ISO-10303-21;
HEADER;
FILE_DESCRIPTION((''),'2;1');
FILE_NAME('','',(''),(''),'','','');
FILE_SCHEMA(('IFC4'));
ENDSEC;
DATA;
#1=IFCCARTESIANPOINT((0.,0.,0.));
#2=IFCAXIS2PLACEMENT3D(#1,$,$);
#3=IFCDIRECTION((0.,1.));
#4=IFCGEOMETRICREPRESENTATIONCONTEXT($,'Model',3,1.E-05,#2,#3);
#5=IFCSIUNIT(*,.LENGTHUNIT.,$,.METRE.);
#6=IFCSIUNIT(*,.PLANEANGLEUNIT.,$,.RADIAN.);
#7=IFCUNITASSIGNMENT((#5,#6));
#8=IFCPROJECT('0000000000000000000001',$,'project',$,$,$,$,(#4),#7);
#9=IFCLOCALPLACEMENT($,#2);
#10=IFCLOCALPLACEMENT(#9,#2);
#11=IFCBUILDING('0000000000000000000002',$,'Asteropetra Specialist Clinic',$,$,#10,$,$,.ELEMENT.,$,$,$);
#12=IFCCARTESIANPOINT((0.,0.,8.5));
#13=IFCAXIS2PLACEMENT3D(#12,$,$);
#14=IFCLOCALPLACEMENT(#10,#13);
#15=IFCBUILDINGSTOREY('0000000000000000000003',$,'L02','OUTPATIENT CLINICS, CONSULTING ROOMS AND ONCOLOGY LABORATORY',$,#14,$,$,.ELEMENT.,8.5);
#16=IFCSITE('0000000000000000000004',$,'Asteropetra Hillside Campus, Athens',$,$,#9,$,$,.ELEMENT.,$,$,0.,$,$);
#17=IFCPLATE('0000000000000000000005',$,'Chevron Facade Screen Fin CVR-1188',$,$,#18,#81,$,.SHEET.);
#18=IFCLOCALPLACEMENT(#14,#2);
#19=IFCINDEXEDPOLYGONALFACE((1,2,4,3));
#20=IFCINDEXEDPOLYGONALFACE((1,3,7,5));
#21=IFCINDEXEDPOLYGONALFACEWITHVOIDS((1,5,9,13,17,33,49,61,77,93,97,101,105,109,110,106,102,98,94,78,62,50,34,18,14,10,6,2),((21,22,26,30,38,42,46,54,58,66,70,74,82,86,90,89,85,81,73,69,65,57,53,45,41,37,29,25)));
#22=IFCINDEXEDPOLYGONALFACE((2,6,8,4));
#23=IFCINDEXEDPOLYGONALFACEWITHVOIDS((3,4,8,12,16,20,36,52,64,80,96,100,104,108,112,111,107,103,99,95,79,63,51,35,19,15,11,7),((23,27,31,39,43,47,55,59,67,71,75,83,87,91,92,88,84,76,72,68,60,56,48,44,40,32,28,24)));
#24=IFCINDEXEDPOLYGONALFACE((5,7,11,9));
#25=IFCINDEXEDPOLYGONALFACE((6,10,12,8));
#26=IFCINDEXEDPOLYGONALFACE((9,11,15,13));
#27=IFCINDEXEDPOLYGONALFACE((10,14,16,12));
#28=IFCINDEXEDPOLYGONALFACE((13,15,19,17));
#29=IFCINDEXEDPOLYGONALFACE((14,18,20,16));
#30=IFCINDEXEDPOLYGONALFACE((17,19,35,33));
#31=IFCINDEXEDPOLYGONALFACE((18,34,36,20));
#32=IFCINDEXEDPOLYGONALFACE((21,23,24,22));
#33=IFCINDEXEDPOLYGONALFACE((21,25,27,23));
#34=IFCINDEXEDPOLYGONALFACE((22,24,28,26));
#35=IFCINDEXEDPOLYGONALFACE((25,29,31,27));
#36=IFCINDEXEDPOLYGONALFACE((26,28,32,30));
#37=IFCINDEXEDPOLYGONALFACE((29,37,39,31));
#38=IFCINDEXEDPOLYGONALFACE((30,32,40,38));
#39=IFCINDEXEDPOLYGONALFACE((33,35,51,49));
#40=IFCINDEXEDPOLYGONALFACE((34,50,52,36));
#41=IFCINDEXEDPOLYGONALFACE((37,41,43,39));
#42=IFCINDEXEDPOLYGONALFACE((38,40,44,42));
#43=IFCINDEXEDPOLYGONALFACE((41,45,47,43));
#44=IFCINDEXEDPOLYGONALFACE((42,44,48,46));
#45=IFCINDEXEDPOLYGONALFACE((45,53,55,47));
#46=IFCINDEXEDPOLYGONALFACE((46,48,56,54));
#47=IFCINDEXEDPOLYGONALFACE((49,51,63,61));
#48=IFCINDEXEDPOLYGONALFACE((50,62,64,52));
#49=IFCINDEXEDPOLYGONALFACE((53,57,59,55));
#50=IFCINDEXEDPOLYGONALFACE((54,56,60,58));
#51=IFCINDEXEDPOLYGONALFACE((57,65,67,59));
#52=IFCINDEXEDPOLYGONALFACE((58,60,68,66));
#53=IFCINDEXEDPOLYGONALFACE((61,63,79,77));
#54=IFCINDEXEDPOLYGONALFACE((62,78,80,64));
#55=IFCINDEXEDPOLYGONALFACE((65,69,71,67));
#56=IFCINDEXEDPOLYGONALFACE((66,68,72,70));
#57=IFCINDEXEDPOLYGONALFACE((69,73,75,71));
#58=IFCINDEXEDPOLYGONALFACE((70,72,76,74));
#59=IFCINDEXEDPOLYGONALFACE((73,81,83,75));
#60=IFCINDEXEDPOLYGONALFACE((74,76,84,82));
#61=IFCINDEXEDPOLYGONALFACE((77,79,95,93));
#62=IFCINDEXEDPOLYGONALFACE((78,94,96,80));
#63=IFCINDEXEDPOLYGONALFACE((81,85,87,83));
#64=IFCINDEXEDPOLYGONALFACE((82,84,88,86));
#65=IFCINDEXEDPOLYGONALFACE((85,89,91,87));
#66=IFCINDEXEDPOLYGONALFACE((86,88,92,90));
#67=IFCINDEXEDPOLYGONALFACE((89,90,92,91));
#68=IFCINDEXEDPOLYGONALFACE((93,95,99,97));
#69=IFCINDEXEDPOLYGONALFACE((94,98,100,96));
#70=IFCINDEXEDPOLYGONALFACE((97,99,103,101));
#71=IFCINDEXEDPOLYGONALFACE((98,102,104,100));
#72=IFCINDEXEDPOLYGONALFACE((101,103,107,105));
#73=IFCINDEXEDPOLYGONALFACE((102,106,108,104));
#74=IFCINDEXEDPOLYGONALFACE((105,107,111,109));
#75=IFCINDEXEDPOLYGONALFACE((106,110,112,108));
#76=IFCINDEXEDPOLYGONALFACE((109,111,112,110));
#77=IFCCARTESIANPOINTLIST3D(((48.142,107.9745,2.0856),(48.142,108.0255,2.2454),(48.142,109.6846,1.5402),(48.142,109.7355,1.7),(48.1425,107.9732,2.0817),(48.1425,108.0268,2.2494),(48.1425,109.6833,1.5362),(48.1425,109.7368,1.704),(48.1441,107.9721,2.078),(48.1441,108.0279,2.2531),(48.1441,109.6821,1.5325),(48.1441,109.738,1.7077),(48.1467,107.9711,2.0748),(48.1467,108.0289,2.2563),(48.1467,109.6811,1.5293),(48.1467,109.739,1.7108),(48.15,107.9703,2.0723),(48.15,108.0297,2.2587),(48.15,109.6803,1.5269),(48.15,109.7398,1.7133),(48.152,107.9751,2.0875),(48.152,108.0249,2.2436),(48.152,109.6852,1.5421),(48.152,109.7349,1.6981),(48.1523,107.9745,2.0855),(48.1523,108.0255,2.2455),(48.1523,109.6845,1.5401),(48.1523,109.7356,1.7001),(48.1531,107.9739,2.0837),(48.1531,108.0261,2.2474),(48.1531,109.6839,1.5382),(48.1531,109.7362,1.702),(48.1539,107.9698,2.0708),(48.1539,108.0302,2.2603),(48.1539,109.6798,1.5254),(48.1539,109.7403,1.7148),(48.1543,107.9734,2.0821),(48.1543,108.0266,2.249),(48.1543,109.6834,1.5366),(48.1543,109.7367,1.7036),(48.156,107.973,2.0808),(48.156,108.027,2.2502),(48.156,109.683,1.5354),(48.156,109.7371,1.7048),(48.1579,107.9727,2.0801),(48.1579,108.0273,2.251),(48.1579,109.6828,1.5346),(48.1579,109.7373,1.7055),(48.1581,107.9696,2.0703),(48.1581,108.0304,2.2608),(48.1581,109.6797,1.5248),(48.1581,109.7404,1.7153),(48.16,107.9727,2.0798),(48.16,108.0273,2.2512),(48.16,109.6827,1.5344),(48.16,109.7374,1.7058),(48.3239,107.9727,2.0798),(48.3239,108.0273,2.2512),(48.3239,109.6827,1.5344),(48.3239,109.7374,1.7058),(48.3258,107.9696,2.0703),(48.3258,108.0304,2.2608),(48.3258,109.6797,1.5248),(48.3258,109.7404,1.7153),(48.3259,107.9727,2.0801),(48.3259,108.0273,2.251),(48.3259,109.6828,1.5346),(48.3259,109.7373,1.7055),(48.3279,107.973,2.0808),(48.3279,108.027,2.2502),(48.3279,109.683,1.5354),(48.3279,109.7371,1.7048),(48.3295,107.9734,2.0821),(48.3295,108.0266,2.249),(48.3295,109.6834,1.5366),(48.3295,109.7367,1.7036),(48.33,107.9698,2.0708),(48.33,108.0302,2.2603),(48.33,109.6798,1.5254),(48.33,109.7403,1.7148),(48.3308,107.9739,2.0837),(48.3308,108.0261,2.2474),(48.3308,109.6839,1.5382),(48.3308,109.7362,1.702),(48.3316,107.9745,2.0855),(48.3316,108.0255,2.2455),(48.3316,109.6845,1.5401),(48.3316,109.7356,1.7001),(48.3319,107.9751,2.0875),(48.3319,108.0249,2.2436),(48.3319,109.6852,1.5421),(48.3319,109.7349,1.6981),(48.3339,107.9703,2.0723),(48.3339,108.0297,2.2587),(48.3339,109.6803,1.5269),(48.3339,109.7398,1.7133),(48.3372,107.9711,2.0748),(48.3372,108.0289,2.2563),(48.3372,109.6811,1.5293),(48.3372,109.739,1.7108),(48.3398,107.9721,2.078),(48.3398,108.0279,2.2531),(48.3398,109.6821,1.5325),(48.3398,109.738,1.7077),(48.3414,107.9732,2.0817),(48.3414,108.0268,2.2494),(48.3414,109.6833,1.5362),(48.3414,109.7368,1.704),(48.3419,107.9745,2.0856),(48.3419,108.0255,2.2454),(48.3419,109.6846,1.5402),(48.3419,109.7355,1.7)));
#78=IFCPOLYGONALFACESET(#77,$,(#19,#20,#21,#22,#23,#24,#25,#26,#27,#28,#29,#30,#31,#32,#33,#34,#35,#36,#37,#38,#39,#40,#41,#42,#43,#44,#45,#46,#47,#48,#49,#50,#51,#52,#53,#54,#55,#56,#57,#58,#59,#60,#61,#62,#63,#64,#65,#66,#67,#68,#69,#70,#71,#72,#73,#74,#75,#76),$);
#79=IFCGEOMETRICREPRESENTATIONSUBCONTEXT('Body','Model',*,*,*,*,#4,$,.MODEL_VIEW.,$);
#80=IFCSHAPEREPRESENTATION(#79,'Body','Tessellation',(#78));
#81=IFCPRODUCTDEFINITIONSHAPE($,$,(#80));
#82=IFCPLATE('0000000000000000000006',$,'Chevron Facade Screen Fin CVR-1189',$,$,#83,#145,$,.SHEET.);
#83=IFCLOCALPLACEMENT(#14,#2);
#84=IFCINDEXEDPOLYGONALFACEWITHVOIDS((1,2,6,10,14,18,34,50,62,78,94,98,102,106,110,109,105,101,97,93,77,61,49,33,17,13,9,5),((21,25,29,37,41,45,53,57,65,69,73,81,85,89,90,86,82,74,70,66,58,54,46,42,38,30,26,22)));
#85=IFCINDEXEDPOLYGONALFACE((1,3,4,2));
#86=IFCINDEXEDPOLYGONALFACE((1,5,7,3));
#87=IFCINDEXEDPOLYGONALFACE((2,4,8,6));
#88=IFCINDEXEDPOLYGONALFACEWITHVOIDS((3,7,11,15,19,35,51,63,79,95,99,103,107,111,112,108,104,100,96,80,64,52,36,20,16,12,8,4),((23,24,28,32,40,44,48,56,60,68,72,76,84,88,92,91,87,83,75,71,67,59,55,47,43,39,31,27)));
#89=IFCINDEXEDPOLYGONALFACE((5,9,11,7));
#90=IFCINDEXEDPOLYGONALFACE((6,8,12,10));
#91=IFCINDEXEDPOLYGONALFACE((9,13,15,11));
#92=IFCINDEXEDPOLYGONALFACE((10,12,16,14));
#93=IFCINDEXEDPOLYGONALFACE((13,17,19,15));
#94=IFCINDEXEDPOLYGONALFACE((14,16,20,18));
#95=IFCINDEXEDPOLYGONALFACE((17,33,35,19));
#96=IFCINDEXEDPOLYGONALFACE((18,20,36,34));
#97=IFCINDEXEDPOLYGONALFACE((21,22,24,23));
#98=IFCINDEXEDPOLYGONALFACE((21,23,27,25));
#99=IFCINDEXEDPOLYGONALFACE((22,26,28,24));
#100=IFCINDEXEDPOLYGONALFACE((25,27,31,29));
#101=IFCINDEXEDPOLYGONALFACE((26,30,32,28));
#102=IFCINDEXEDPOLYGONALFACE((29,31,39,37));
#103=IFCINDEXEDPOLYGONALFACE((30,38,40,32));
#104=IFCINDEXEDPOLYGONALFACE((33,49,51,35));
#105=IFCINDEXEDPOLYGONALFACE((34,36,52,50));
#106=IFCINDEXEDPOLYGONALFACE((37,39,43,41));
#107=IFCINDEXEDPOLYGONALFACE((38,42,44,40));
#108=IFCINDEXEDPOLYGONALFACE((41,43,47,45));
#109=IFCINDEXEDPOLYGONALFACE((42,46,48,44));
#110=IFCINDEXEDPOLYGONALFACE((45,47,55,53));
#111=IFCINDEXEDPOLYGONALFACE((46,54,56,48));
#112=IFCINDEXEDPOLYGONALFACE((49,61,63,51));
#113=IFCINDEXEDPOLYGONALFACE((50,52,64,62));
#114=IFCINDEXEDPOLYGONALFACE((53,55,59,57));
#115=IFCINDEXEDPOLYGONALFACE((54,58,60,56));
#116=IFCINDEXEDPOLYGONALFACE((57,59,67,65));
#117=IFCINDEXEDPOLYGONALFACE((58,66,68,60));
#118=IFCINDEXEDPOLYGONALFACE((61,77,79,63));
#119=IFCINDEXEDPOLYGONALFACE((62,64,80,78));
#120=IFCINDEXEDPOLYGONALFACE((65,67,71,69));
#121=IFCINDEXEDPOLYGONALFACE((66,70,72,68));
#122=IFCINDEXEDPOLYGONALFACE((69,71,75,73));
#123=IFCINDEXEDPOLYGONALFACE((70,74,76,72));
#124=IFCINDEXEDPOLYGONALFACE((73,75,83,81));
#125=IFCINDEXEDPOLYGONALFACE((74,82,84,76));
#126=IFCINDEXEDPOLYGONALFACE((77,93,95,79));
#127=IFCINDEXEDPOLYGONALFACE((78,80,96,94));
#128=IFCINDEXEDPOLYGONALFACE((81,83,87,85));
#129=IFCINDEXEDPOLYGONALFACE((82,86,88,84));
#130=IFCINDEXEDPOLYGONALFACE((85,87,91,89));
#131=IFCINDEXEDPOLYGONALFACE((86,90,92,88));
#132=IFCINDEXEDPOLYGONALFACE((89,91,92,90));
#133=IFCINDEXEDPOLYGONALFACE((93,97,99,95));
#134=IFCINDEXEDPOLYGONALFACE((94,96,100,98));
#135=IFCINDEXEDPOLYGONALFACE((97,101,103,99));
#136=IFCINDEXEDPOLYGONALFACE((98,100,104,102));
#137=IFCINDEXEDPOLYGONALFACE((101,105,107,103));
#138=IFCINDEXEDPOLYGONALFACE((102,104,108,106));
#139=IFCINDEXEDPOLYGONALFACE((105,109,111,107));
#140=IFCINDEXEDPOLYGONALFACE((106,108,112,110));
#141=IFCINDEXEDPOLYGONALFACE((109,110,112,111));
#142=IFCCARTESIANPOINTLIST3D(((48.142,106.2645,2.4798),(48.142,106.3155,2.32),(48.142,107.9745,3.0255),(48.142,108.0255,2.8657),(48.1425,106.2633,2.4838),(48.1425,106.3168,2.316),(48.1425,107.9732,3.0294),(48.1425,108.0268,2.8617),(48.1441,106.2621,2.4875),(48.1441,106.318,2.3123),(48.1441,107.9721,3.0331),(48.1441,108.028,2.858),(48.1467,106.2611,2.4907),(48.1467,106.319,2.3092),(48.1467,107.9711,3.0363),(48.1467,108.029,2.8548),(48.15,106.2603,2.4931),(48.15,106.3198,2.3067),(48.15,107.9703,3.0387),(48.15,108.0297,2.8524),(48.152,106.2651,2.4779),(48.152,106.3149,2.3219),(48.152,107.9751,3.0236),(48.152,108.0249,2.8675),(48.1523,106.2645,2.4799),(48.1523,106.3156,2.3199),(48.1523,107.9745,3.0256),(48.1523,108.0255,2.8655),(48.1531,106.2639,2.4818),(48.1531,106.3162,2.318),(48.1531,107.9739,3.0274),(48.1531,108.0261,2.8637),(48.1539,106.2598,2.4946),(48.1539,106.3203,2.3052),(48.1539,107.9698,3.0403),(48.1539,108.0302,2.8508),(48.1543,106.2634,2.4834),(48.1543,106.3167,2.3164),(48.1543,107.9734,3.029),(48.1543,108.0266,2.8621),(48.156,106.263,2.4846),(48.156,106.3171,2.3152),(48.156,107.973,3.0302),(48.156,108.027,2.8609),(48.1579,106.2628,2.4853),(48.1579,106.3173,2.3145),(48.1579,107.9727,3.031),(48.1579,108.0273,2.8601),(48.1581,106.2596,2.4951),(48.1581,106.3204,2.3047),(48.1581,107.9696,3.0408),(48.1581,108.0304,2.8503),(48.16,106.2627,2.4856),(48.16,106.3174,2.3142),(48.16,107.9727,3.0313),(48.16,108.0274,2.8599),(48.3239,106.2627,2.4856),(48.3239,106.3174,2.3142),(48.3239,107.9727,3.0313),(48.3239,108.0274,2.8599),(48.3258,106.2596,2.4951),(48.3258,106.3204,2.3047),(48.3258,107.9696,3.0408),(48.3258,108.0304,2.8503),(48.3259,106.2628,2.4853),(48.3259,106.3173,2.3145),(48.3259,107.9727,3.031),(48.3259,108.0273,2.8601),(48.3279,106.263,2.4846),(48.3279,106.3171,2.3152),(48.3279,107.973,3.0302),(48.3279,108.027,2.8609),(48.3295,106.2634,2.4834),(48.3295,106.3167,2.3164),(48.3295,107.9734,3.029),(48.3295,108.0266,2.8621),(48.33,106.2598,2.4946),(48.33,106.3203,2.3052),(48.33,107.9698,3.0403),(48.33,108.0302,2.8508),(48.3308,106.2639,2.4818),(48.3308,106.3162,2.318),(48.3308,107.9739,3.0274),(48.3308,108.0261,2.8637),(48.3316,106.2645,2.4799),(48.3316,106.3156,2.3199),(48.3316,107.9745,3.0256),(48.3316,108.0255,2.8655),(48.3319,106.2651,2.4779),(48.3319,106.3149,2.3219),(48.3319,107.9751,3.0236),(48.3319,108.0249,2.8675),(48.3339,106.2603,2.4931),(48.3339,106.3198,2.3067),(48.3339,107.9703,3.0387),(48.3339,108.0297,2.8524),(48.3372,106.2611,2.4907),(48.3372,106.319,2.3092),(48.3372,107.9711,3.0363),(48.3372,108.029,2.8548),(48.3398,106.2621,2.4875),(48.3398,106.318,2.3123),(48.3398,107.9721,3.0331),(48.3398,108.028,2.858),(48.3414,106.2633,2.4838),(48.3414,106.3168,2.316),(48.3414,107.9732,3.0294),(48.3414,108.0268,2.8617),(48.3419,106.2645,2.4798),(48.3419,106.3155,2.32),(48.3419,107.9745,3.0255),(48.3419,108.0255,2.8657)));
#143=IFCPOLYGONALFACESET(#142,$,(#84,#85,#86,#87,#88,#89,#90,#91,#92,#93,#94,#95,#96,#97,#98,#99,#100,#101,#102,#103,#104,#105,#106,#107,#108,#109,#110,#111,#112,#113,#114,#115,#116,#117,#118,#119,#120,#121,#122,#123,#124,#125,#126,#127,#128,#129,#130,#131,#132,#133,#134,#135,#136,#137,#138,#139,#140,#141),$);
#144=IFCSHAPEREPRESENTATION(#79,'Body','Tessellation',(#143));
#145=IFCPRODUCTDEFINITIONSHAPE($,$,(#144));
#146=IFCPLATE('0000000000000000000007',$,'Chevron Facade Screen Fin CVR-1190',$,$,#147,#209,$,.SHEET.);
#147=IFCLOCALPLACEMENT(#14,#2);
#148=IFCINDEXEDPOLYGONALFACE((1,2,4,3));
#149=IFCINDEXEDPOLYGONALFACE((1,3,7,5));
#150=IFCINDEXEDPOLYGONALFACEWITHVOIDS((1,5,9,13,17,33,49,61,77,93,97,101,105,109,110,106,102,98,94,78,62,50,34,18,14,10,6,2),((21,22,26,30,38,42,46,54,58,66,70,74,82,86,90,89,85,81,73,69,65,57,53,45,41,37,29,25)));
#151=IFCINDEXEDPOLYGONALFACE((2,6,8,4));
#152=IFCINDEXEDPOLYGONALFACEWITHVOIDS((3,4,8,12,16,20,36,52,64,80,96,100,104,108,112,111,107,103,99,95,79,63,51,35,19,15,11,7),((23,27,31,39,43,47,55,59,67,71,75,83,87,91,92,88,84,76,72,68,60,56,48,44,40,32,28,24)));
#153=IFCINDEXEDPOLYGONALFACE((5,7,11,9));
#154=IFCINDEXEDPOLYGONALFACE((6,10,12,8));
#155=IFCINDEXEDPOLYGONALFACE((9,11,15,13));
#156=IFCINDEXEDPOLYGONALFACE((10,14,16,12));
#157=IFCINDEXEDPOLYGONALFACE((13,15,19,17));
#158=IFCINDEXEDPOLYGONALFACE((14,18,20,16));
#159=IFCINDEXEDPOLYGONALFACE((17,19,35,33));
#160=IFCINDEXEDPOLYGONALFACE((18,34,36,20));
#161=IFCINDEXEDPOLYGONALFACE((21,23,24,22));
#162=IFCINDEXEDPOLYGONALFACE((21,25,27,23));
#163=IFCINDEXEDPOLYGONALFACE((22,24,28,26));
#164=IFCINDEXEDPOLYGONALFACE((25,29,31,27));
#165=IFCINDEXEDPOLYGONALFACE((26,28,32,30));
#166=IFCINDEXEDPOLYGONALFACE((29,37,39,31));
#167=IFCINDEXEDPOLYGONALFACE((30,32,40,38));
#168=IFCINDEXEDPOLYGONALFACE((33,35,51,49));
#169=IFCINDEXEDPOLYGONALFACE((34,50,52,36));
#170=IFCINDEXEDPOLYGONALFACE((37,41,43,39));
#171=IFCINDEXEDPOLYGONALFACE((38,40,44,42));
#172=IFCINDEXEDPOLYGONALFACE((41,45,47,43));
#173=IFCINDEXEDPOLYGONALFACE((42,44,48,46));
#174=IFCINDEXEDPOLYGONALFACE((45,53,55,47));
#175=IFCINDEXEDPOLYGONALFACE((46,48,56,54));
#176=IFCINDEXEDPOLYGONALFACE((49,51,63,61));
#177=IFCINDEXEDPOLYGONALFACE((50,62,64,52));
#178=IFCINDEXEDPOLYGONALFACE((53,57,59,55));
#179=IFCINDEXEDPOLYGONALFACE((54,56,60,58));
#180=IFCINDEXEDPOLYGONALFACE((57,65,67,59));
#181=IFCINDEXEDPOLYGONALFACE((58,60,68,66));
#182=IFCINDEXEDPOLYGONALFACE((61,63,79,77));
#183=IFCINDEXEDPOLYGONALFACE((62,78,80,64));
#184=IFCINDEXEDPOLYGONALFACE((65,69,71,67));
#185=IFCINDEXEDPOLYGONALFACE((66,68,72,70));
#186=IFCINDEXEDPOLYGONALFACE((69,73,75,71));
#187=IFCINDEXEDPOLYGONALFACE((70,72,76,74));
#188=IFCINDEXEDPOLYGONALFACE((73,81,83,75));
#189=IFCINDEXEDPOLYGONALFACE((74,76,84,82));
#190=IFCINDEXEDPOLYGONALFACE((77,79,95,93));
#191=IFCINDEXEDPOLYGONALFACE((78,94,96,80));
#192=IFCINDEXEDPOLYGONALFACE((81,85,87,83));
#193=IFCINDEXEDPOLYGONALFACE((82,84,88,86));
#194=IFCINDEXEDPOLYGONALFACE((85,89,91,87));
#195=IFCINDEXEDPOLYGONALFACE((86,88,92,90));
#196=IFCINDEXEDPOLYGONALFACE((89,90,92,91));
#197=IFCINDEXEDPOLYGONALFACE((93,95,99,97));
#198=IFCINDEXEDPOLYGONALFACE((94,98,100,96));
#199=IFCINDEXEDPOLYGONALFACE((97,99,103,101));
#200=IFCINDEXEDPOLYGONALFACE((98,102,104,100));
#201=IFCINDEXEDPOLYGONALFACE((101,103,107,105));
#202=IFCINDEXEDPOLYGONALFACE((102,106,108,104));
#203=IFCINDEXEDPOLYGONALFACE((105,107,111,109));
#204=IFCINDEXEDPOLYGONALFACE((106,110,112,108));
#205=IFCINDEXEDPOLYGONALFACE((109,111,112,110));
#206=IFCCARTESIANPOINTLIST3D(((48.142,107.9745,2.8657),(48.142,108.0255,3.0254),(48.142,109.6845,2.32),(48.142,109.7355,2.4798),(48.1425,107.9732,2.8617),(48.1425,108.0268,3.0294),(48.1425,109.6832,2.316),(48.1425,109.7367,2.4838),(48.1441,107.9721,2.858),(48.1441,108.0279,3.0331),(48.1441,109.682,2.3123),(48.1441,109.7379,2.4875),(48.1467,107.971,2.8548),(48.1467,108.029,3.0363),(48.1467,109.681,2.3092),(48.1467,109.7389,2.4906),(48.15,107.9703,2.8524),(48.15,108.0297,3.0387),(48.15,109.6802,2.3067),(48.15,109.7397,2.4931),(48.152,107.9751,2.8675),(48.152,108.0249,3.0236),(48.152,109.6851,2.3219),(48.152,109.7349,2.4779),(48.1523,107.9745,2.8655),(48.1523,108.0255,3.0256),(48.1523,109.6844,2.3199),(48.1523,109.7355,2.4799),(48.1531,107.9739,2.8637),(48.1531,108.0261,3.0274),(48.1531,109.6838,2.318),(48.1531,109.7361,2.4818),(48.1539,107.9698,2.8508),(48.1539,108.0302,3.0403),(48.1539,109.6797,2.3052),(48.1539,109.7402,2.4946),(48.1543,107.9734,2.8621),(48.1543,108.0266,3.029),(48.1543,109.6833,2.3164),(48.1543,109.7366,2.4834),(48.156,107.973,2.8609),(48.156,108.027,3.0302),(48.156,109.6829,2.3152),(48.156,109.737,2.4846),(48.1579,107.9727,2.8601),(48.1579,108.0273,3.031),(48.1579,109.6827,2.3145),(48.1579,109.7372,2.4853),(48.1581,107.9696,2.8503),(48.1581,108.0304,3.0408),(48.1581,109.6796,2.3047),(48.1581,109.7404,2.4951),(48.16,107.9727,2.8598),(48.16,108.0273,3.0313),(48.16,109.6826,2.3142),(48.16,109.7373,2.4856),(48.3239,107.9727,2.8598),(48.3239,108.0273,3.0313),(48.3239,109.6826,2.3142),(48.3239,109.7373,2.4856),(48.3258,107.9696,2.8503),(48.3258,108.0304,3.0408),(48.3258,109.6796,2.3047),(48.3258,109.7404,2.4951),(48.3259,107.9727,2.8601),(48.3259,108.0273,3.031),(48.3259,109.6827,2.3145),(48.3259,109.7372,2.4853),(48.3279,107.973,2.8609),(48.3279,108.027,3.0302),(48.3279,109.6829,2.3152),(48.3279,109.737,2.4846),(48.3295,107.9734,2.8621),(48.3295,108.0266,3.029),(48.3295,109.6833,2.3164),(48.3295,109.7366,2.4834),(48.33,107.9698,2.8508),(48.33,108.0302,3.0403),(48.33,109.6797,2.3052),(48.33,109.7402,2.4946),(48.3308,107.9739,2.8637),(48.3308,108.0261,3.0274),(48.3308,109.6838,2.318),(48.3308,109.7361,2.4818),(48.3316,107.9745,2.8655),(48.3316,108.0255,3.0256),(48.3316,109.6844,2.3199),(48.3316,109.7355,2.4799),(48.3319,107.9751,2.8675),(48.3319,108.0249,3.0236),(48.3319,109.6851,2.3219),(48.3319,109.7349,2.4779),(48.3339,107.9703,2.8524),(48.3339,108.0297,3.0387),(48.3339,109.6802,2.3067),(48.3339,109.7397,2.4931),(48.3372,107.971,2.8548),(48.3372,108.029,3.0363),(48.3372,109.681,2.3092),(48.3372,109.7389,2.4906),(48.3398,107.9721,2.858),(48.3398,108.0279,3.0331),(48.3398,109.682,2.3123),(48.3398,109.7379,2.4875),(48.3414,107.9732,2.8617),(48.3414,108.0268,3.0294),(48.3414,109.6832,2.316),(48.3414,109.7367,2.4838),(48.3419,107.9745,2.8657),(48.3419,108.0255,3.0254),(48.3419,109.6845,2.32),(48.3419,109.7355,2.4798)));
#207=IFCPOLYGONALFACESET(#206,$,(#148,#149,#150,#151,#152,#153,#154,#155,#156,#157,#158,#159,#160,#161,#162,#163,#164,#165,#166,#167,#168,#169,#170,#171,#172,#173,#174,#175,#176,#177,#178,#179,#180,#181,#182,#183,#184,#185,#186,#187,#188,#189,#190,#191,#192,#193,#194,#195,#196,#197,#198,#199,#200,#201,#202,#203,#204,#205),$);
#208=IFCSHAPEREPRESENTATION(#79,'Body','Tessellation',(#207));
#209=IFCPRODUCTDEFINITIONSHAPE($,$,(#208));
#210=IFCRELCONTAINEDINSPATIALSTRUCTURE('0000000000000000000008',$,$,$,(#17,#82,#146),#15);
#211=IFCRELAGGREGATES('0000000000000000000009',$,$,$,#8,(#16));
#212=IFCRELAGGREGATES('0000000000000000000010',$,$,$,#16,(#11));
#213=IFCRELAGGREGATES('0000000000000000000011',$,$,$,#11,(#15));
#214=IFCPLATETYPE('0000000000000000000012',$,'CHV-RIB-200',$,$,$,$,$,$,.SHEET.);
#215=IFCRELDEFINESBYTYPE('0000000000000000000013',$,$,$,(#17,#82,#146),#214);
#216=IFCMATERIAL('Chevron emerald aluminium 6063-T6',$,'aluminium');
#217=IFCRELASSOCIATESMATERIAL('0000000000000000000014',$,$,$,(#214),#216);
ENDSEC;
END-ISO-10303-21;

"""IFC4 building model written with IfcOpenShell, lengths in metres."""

from ifc_helpers import new_model, si_unit, direction, frame, origin, origin_2d, place, context, subcontext, project, spatial, hollow_rectangle, extrude, material, material_profile, profile_set, type_object, element, save


model = new_model("IFC4")

# Units and contexts
model_context = context("Model", 3, precision=1e-05, world=origin(), true_north=direction((0.0, 1.0)))
body_context = subcontext(model_context, "Body", "Model", "MODEL_VIEW")
ifc_project = project(units=[si_unit("LENGTHUNIT", "METRE"), si_unit("PLANEANGLEUNIT", "RADIAN")], contexts=[model_context])

# Site, building, storey
site_placement = place(None, origin())
site = spatial("IfcSite", under=ifc_project, at=site_placement, Name="Asteropetra Hillside Campus, Athens", CompositionType="ELEMENT", RefElevation=0.0)
building_placement = place(site_placement, origin())
building = spatial("IfcBuilding", under=site, at=building_placement, Name="Asteropetra Specialist Clinic", CompositionType="ELEMENT")
storey_placement = place(building_placement, frame((0.0, 0.0, 8.5)))
storey = spatial("IfcBuildingStorey", under=building, at=storey_placement, Name="L02", Description="OUTPATIENT CLINICS, CONSULTING ROOMS AND ONCOLOGY LABORATORY", CompositionType="ELEMENT", Elevation=8.5)

# Plates
ifc_material_1 = material(Name="Chevron emerald aluminium 6063-T6", Category="aluminium")
ifc_material_profile_1 = material_profile(ifc_material_1, hollow_rectangle(XDim=0.2, YDim=0.2, WallThickness=0.01, InnerFilletRadius=0.0081, OuterFilletRadius=0.0161, at=origin_2d()), Name="SHS 200x200x10.0")
ifc_profile_set_1 = profile_set([ifc_material_profile_1], Name="Chevron emerald aluminium 6063-T6")
plate_type_1 = type_object("IfcPlateType", Name="CHV-RIB-200", PredefinedType="SHEET", material=ifc_profile_set_1)
for number, where, z_axis, x_axis, name in (
    (1, (48.2419, 108.0, 2.1655), (0.0, 0.952711, -0.303877), (-1.0, 0.0, 0.0), "Chevron Facade Screen Fin CVR-1188"),
    (2, (48.2419, 106.29, 2.3999), (0.0, 0.952672, 0.304001), (-1.0, 0.0, 0.0), "Chevron Facade Screen Fin CVR-1189"),
    (3, (48.2419, 108.0, 2.9456), (0.0, 0.952672, -0.304001), (-1.0, 0.0, 0.0), "Chevron Facade Screen Fin CVR-1190"),
):
    element("IfcPlate", number, at=place(storey_placement, frame(where, z_axis=z_axis, x_axis=x_axis)), inside=storey, type_object=plate_type_1, Name=name, PredefinedType="SHEET", context=body_context, shape_type="SweptSolid", body=[
        extrude(hollow_rectangle(XDim=0.2, YDim=0.2, WallThickness=0.01, InnerFilletRadius=0.0081, OuterFilletRadius=0.0161, at=origin_2d()), origin(), (0.0, 0.0, 1.0), 1.7949),
    ])

save(model, "model.ifc")
